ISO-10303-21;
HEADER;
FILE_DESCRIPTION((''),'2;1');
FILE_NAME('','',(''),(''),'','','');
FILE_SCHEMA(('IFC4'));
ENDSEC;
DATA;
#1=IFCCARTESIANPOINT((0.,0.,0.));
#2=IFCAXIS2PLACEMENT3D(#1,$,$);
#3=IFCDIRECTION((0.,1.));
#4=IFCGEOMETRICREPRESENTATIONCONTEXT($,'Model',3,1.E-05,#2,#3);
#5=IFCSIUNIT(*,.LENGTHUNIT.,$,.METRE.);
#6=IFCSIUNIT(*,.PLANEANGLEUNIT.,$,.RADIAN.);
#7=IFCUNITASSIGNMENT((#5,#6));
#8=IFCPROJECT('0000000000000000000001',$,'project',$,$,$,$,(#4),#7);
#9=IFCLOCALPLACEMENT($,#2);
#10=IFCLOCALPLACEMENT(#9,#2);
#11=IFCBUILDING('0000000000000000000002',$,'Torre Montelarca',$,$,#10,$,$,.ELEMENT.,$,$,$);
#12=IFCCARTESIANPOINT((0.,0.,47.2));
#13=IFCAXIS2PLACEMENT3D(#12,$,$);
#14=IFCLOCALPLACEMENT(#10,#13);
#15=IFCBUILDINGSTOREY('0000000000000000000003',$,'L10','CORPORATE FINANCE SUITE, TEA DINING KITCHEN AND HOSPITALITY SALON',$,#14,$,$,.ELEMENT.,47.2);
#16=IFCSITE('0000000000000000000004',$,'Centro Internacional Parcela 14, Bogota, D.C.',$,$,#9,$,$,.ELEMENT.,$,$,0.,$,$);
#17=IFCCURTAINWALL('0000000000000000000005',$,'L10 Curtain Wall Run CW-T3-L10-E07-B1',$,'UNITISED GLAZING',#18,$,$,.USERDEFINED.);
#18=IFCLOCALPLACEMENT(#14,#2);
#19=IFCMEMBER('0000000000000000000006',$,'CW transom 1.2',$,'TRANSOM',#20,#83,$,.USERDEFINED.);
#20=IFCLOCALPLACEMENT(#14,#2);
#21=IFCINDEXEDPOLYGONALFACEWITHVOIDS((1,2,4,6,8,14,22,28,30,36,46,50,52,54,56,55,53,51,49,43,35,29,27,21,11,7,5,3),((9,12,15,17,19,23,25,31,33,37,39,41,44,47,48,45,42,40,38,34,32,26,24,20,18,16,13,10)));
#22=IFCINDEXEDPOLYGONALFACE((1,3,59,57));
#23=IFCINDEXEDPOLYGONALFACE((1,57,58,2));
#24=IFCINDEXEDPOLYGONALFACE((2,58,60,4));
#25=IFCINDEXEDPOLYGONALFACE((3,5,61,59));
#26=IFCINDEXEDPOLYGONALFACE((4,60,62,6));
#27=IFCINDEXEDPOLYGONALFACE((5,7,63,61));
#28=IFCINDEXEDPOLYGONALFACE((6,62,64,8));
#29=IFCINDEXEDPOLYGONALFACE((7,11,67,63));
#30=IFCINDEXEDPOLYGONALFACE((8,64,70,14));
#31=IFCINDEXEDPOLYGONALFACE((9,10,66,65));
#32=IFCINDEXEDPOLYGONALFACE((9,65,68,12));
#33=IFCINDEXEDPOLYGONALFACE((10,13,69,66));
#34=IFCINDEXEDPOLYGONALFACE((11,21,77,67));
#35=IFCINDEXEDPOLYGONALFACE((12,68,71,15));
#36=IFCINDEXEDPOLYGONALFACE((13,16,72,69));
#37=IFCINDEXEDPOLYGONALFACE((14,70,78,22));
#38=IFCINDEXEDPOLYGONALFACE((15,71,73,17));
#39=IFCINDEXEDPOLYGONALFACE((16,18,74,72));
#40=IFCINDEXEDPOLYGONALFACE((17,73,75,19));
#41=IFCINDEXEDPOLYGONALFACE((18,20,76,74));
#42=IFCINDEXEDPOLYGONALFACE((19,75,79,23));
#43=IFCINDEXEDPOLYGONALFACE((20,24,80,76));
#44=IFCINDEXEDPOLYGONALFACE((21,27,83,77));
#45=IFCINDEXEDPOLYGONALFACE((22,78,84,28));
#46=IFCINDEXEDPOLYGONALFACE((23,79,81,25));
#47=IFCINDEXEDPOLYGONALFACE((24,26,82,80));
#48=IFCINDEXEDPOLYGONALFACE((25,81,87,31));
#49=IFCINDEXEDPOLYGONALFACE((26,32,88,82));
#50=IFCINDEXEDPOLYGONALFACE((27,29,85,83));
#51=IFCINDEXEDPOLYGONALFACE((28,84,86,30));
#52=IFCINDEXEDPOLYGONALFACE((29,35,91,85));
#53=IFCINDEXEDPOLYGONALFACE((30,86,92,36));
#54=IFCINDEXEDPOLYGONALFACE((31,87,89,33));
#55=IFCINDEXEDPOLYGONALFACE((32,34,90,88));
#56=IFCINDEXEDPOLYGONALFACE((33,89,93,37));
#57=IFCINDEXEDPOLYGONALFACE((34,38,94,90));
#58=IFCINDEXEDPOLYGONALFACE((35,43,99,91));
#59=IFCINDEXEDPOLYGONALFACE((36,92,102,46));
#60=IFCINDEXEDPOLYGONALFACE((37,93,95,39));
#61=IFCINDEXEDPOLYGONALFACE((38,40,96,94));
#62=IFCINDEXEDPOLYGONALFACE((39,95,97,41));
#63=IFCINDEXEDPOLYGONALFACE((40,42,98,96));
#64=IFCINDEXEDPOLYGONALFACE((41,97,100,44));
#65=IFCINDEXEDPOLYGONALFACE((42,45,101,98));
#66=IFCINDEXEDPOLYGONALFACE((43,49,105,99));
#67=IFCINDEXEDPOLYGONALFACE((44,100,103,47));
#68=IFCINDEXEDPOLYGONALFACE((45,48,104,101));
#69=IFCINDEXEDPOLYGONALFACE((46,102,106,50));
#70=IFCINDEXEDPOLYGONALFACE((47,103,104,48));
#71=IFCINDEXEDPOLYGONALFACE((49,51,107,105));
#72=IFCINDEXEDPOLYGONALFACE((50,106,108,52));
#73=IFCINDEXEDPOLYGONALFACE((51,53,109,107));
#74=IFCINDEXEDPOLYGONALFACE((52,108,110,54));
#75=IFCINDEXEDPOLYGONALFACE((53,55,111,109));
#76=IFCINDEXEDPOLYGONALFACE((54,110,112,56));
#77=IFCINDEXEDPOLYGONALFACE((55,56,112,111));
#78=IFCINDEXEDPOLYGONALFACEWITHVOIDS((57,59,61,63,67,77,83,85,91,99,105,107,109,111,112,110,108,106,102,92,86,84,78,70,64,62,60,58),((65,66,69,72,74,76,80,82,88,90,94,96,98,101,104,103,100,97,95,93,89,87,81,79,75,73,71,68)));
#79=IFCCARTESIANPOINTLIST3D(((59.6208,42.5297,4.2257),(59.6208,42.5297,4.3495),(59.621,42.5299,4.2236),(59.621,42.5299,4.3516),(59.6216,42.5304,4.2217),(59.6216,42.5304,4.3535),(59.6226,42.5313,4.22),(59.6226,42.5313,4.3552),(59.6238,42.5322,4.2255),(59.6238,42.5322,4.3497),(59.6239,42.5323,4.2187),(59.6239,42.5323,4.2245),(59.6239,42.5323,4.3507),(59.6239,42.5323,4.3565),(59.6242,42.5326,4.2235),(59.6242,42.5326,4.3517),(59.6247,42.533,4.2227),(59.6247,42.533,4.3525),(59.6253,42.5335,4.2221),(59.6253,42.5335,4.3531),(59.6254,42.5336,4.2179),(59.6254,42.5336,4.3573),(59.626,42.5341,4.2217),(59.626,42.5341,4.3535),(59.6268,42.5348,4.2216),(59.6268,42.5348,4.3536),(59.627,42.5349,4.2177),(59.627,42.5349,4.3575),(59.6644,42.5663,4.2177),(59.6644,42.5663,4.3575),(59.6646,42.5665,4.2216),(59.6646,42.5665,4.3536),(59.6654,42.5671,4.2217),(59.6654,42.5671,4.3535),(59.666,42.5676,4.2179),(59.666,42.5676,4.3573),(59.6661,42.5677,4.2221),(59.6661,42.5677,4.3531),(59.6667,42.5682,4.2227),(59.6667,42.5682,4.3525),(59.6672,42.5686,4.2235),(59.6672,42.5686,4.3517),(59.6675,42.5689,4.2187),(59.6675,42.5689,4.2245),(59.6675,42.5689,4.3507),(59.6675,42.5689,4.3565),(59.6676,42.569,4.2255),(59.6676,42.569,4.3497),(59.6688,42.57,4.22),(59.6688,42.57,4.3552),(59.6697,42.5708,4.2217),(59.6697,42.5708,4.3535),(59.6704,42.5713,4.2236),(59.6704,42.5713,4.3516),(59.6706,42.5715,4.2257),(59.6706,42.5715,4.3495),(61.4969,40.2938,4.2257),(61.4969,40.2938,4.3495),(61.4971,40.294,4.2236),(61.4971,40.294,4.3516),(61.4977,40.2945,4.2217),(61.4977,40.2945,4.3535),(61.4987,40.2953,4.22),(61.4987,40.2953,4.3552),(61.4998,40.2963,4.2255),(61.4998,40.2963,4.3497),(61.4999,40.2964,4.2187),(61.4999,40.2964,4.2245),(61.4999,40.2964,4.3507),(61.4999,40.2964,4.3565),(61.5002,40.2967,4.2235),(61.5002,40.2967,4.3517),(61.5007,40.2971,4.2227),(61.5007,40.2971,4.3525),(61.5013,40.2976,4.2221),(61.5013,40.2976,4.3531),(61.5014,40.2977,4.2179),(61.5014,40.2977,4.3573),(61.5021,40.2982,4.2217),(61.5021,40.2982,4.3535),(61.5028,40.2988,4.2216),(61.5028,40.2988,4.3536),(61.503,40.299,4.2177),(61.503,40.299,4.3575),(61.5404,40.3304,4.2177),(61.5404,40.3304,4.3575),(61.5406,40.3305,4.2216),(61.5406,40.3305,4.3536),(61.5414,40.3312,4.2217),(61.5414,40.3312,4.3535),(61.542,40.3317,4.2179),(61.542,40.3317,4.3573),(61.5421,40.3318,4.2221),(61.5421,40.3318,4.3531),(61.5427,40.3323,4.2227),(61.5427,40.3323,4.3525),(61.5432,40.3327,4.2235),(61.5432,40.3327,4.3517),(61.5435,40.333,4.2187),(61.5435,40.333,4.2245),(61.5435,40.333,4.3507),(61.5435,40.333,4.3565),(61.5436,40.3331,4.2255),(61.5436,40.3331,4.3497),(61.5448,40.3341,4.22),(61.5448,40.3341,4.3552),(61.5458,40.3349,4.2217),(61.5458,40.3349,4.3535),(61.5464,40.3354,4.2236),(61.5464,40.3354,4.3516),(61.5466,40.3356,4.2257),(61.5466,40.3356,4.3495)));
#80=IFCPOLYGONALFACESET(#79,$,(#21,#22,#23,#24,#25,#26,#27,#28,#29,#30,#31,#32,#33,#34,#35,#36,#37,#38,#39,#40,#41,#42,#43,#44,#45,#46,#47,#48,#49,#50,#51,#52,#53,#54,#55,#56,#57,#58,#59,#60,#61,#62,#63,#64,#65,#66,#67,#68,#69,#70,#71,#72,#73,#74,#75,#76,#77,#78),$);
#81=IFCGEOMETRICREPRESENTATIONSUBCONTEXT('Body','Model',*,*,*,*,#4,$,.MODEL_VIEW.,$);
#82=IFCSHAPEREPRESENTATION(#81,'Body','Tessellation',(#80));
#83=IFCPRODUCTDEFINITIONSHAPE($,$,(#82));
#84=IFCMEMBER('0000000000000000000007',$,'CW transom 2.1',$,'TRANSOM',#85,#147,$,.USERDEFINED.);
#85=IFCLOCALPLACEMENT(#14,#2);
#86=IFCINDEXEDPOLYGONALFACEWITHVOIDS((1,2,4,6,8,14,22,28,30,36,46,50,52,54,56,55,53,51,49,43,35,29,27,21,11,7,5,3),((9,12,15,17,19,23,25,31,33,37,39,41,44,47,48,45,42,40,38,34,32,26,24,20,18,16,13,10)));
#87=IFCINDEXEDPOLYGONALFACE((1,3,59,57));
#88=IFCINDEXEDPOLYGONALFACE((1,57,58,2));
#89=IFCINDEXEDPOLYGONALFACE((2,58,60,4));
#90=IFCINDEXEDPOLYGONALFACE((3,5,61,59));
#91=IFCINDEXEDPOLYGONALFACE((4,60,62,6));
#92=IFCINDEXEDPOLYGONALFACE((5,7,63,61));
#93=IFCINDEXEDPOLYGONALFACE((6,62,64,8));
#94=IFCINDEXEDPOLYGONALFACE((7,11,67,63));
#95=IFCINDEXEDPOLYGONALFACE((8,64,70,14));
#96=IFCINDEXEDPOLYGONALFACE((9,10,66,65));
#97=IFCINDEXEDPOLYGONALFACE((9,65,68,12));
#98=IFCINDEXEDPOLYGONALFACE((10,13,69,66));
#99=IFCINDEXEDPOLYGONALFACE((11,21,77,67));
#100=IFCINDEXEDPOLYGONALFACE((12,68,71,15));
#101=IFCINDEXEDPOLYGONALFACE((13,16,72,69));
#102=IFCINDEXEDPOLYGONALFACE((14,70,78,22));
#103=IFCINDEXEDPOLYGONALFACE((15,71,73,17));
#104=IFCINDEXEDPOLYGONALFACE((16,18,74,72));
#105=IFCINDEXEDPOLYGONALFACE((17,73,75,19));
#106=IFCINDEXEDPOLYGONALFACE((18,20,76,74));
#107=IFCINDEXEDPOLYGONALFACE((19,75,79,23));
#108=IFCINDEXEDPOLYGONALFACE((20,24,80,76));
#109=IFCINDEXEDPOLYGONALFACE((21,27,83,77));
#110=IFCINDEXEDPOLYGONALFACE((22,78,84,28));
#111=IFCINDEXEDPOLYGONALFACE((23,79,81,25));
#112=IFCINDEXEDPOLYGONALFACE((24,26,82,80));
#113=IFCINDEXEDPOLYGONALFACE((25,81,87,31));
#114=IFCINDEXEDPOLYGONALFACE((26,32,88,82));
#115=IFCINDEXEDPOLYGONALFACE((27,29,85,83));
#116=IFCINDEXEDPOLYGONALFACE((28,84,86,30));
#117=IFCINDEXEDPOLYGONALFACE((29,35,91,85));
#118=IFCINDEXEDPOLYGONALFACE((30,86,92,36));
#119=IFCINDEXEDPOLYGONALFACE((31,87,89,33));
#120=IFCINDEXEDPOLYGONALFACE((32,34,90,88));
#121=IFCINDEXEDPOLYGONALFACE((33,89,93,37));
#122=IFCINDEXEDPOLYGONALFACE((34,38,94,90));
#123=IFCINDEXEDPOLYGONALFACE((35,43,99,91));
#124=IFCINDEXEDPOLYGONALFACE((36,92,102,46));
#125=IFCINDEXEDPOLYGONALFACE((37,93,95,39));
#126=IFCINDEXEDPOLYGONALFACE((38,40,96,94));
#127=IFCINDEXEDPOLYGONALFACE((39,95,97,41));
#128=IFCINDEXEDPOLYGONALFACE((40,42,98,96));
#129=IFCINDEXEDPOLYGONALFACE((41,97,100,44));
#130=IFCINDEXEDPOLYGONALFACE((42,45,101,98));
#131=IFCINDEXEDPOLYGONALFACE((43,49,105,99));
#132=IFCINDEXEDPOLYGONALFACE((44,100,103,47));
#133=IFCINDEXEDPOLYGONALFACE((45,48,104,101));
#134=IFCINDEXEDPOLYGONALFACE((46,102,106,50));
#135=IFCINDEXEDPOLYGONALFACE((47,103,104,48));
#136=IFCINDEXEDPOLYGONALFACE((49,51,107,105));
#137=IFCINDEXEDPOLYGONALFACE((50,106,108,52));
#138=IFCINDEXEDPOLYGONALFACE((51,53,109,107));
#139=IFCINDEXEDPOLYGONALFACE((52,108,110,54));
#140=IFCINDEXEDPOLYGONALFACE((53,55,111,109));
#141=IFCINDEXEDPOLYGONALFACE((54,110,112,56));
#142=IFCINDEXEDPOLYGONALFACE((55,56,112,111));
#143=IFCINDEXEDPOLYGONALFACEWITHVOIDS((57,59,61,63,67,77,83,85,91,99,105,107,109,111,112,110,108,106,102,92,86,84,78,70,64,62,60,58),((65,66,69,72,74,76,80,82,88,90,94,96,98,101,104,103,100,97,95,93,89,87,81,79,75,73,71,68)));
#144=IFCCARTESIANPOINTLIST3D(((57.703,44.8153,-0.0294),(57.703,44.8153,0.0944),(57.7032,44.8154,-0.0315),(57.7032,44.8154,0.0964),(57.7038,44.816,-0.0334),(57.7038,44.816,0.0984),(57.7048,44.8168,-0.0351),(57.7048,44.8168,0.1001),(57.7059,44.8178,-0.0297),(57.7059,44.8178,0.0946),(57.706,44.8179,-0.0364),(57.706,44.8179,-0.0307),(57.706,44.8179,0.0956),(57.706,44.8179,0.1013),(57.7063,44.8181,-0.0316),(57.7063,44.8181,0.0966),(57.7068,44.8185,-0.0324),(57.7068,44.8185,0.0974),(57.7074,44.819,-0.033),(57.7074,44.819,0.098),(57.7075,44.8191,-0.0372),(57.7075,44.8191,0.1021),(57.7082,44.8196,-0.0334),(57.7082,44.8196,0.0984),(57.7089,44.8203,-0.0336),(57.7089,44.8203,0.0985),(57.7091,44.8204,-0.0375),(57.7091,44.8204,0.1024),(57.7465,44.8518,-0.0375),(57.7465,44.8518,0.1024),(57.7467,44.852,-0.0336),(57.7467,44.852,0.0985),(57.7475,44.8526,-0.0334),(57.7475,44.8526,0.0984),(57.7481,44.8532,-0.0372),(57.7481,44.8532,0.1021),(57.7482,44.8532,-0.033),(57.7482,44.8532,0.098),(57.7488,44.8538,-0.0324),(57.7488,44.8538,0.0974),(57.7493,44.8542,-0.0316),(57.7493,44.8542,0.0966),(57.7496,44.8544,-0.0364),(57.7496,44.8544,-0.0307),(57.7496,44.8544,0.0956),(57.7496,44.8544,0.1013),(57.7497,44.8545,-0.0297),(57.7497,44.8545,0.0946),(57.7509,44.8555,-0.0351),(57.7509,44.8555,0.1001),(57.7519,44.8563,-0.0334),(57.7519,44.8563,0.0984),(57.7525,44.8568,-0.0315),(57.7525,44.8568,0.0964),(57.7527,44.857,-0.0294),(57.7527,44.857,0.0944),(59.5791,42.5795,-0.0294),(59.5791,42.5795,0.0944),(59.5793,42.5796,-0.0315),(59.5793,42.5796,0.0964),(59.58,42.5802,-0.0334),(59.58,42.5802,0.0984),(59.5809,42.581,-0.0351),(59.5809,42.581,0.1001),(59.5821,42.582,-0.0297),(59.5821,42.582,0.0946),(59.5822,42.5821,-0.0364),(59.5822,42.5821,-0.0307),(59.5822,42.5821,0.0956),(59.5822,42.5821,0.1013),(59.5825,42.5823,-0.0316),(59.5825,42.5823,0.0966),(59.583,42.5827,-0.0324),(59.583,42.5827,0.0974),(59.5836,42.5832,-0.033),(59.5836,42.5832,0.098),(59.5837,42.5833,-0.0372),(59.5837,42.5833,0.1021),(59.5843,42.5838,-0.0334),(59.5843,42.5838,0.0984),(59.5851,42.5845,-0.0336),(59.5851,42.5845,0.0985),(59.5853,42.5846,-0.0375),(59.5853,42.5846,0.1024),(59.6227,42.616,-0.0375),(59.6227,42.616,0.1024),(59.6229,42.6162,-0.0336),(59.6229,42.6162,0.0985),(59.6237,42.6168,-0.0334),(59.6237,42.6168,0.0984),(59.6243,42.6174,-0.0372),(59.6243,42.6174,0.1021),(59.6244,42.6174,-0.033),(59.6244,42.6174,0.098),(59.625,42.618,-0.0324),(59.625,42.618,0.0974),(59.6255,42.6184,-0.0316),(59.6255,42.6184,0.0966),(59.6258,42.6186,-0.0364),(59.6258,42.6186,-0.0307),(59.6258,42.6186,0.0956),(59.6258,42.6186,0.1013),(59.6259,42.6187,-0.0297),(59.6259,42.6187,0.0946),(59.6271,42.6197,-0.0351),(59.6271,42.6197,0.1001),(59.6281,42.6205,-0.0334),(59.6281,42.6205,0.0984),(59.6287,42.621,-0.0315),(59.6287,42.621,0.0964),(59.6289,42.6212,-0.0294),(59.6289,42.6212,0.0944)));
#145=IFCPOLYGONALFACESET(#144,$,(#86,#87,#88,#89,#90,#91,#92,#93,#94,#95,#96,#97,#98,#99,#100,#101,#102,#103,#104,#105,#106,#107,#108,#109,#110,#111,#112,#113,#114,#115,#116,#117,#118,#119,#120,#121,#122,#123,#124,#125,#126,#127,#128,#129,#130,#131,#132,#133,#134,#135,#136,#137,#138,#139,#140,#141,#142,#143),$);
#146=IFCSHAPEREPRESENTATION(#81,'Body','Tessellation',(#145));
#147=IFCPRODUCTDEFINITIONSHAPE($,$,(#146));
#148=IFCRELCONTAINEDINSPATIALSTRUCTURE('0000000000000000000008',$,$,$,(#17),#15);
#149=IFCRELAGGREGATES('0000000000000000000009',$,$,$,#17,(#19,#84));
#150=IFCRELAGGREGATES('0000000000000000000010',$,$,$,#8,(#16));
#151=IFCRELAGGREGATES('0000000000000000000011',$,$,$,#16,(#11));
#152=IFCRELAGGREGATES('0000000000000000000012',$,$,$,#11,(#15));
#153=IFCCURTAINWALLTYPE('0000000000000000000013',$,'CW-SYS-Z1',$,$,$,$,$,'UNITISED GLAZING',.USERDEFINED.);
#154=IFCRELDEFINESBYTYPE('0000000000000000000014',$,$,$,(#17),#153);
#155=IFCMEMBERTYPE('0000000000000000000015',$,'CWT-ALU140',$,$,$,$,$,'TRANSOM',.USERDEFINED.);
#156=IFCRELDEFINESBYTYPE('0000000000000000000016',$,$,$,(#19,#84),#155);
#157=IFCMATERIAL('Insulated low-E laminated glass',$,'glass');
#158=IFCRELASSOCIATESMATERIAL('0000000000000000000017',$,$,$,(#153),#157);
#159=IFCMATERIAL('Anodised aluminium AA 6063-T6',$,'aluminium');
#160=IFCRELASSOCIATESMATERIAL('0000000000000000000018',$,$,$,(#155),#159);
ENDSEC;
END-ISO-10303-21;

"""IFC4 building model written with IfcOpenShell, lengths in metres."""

from ifc_helpers import new_model, si_unit, direction, frame, origin, origin_2d, place, context, subcontext, project, spatial, hollow_rectangle, extrude, source, transform, mapped, material, material_profile, profile_set, type_object, element, aggregate, save


model = new_model("IFC4")

# Units and contexts
model_context = context("Model", 3, precision=1e-05, world=origin(), true_north=direction((0.0, 1.0)))
body_context = subcontext(model_context, "Body", "Model", "MODEL_VIEW")
ifc_project = project(units=[si_unit("LENGTHUNIT", "METRE"), si_unit("PLANEANGLEUNIT", "RADIAN")], contexts=[model_context])

# Site, building, storey
site_placement = place(None, origin())
site = spatial("IfcSite", under=ifc_project, at=site_placement, Name="Centro Internacional Parcela 14, Bogota, D.C.", CompositionType="ELEMENT", RefElevation=0.0)
building_placement = place(site_placement, origin())
building = spatial("IfcBuilding", under=site, at=building_placement, Name="Torre Montelarca", CompositionType="ELEMENT")
storey_placement = place(building_placement, frame((0.0, 0.0, 47.2)))
storey = spatial("IfcBuildingStorey", under=building, at=storey_placement, Name="L10", Description="CORPORATE FINANCE SUITE, TEA DINING KITCHEN AND HOSPITALITY SALON", CompositionType="ELEMENT", Elevation=47.2)

# Curtain wall
ifc_material_1 = material(Name="Insulated low-E laminated glass", Category="glass")
curtain_wall_type = type_object("IfcCurtainWallType", Name="CW-SYS-Z1", ElementType="UNITISED GLAZING", PredefinedType="USERDEFINED", material=ifc_material_1)
ifc_material_2 = material(Name="Anodised aluminium AA 6063-T6", Category="aluminium")
curtain_wall_1_placement = place(storey_placement, origin())
curtain_wall_1 = element("IfcCurtainWall", 1, at=curtain_wall_1_placement, inside=storey, type_object=curtain_wall_type, Name="L10 Curtain Wall Run CW-T3-L10-E07-B1", ObjectType="UNITISED GLAZING", PredefinedType="USERDEFINED")

# Members
ifc_material_profile_1 = material_profile(ifc_material_2, hollow_rectangle(XDim=0.0649, YDim=0.1399, WallThickness=0.0039, InnerFilletRadius=0.0039, OuterFilletRadius=0.0081, at=origin_2d()), Name="ALU65X140X4", Category="aluminium")
ifc_profile_set_1 = profile_set([ifc_material_profile_1], Name="Anodised aluminium AA 6063-T6")
member_type_1 = type_object("IfcMemberType", Name="CWT-ALU140", ElementType="TRANSOM", PredefinedType="USERDEFINED", material=ifc_profile_set_1)
shared_shape_1 = source(origin(), body_context, "Body", "SweptSolid", [
    extrude(hollow_rectangle(XDim=0.0649, YDim=0.1399, WallThickness=0.0039, InnerFilletRadius=0.0039, OuterFilletRadius=0.0081, at=origin_2d()), origin(), (0.0, 0.0, 1.0), 2.9187),
])
member_1_placement = place(storey_placement, frame((61.5217, 40.3147, 4.2876), z_axis=(-0.642764, 0.766064, 0.0), x_axis=(-0.766064, -0.642764, 0.0)))
member_1 = element("IfcMember", 2, at=member_1_placement, type_object=member_type_1, Name="CW transom 1.2", ObjectType="TRANSOM", PredefinedType="USERDEFINED", context=body_context, shape_type="MappedRepresentation", body=[
    mapped(shared_shape_1, transform((0.0, 0.0, 0.0), scale=1.0)),
])
member_2_placement = place(storey_placement, frame((59.604, 42.6003, 0.0325), z_axis=(-0.642813, 0.766023, 0.0), x_axis=(-0.766023, -0.642813, 0.0)))
member_2 = element("IfcMember", 3, at=member_2_placement, type_object=member_type_1, Name="CW transom 2.1", ObjectType="TRANSOM", PredefinedType="USERDEFINED", context=body_context, shape_type="MappedRepresentation", body=[
    mapped(shared_shape_1, transform((0.0, 0.0, 0.0), scale=1.0)),
])

aggregate(curtain_wall_1, [member_1, member_2])

save(model, "model.ifc")
